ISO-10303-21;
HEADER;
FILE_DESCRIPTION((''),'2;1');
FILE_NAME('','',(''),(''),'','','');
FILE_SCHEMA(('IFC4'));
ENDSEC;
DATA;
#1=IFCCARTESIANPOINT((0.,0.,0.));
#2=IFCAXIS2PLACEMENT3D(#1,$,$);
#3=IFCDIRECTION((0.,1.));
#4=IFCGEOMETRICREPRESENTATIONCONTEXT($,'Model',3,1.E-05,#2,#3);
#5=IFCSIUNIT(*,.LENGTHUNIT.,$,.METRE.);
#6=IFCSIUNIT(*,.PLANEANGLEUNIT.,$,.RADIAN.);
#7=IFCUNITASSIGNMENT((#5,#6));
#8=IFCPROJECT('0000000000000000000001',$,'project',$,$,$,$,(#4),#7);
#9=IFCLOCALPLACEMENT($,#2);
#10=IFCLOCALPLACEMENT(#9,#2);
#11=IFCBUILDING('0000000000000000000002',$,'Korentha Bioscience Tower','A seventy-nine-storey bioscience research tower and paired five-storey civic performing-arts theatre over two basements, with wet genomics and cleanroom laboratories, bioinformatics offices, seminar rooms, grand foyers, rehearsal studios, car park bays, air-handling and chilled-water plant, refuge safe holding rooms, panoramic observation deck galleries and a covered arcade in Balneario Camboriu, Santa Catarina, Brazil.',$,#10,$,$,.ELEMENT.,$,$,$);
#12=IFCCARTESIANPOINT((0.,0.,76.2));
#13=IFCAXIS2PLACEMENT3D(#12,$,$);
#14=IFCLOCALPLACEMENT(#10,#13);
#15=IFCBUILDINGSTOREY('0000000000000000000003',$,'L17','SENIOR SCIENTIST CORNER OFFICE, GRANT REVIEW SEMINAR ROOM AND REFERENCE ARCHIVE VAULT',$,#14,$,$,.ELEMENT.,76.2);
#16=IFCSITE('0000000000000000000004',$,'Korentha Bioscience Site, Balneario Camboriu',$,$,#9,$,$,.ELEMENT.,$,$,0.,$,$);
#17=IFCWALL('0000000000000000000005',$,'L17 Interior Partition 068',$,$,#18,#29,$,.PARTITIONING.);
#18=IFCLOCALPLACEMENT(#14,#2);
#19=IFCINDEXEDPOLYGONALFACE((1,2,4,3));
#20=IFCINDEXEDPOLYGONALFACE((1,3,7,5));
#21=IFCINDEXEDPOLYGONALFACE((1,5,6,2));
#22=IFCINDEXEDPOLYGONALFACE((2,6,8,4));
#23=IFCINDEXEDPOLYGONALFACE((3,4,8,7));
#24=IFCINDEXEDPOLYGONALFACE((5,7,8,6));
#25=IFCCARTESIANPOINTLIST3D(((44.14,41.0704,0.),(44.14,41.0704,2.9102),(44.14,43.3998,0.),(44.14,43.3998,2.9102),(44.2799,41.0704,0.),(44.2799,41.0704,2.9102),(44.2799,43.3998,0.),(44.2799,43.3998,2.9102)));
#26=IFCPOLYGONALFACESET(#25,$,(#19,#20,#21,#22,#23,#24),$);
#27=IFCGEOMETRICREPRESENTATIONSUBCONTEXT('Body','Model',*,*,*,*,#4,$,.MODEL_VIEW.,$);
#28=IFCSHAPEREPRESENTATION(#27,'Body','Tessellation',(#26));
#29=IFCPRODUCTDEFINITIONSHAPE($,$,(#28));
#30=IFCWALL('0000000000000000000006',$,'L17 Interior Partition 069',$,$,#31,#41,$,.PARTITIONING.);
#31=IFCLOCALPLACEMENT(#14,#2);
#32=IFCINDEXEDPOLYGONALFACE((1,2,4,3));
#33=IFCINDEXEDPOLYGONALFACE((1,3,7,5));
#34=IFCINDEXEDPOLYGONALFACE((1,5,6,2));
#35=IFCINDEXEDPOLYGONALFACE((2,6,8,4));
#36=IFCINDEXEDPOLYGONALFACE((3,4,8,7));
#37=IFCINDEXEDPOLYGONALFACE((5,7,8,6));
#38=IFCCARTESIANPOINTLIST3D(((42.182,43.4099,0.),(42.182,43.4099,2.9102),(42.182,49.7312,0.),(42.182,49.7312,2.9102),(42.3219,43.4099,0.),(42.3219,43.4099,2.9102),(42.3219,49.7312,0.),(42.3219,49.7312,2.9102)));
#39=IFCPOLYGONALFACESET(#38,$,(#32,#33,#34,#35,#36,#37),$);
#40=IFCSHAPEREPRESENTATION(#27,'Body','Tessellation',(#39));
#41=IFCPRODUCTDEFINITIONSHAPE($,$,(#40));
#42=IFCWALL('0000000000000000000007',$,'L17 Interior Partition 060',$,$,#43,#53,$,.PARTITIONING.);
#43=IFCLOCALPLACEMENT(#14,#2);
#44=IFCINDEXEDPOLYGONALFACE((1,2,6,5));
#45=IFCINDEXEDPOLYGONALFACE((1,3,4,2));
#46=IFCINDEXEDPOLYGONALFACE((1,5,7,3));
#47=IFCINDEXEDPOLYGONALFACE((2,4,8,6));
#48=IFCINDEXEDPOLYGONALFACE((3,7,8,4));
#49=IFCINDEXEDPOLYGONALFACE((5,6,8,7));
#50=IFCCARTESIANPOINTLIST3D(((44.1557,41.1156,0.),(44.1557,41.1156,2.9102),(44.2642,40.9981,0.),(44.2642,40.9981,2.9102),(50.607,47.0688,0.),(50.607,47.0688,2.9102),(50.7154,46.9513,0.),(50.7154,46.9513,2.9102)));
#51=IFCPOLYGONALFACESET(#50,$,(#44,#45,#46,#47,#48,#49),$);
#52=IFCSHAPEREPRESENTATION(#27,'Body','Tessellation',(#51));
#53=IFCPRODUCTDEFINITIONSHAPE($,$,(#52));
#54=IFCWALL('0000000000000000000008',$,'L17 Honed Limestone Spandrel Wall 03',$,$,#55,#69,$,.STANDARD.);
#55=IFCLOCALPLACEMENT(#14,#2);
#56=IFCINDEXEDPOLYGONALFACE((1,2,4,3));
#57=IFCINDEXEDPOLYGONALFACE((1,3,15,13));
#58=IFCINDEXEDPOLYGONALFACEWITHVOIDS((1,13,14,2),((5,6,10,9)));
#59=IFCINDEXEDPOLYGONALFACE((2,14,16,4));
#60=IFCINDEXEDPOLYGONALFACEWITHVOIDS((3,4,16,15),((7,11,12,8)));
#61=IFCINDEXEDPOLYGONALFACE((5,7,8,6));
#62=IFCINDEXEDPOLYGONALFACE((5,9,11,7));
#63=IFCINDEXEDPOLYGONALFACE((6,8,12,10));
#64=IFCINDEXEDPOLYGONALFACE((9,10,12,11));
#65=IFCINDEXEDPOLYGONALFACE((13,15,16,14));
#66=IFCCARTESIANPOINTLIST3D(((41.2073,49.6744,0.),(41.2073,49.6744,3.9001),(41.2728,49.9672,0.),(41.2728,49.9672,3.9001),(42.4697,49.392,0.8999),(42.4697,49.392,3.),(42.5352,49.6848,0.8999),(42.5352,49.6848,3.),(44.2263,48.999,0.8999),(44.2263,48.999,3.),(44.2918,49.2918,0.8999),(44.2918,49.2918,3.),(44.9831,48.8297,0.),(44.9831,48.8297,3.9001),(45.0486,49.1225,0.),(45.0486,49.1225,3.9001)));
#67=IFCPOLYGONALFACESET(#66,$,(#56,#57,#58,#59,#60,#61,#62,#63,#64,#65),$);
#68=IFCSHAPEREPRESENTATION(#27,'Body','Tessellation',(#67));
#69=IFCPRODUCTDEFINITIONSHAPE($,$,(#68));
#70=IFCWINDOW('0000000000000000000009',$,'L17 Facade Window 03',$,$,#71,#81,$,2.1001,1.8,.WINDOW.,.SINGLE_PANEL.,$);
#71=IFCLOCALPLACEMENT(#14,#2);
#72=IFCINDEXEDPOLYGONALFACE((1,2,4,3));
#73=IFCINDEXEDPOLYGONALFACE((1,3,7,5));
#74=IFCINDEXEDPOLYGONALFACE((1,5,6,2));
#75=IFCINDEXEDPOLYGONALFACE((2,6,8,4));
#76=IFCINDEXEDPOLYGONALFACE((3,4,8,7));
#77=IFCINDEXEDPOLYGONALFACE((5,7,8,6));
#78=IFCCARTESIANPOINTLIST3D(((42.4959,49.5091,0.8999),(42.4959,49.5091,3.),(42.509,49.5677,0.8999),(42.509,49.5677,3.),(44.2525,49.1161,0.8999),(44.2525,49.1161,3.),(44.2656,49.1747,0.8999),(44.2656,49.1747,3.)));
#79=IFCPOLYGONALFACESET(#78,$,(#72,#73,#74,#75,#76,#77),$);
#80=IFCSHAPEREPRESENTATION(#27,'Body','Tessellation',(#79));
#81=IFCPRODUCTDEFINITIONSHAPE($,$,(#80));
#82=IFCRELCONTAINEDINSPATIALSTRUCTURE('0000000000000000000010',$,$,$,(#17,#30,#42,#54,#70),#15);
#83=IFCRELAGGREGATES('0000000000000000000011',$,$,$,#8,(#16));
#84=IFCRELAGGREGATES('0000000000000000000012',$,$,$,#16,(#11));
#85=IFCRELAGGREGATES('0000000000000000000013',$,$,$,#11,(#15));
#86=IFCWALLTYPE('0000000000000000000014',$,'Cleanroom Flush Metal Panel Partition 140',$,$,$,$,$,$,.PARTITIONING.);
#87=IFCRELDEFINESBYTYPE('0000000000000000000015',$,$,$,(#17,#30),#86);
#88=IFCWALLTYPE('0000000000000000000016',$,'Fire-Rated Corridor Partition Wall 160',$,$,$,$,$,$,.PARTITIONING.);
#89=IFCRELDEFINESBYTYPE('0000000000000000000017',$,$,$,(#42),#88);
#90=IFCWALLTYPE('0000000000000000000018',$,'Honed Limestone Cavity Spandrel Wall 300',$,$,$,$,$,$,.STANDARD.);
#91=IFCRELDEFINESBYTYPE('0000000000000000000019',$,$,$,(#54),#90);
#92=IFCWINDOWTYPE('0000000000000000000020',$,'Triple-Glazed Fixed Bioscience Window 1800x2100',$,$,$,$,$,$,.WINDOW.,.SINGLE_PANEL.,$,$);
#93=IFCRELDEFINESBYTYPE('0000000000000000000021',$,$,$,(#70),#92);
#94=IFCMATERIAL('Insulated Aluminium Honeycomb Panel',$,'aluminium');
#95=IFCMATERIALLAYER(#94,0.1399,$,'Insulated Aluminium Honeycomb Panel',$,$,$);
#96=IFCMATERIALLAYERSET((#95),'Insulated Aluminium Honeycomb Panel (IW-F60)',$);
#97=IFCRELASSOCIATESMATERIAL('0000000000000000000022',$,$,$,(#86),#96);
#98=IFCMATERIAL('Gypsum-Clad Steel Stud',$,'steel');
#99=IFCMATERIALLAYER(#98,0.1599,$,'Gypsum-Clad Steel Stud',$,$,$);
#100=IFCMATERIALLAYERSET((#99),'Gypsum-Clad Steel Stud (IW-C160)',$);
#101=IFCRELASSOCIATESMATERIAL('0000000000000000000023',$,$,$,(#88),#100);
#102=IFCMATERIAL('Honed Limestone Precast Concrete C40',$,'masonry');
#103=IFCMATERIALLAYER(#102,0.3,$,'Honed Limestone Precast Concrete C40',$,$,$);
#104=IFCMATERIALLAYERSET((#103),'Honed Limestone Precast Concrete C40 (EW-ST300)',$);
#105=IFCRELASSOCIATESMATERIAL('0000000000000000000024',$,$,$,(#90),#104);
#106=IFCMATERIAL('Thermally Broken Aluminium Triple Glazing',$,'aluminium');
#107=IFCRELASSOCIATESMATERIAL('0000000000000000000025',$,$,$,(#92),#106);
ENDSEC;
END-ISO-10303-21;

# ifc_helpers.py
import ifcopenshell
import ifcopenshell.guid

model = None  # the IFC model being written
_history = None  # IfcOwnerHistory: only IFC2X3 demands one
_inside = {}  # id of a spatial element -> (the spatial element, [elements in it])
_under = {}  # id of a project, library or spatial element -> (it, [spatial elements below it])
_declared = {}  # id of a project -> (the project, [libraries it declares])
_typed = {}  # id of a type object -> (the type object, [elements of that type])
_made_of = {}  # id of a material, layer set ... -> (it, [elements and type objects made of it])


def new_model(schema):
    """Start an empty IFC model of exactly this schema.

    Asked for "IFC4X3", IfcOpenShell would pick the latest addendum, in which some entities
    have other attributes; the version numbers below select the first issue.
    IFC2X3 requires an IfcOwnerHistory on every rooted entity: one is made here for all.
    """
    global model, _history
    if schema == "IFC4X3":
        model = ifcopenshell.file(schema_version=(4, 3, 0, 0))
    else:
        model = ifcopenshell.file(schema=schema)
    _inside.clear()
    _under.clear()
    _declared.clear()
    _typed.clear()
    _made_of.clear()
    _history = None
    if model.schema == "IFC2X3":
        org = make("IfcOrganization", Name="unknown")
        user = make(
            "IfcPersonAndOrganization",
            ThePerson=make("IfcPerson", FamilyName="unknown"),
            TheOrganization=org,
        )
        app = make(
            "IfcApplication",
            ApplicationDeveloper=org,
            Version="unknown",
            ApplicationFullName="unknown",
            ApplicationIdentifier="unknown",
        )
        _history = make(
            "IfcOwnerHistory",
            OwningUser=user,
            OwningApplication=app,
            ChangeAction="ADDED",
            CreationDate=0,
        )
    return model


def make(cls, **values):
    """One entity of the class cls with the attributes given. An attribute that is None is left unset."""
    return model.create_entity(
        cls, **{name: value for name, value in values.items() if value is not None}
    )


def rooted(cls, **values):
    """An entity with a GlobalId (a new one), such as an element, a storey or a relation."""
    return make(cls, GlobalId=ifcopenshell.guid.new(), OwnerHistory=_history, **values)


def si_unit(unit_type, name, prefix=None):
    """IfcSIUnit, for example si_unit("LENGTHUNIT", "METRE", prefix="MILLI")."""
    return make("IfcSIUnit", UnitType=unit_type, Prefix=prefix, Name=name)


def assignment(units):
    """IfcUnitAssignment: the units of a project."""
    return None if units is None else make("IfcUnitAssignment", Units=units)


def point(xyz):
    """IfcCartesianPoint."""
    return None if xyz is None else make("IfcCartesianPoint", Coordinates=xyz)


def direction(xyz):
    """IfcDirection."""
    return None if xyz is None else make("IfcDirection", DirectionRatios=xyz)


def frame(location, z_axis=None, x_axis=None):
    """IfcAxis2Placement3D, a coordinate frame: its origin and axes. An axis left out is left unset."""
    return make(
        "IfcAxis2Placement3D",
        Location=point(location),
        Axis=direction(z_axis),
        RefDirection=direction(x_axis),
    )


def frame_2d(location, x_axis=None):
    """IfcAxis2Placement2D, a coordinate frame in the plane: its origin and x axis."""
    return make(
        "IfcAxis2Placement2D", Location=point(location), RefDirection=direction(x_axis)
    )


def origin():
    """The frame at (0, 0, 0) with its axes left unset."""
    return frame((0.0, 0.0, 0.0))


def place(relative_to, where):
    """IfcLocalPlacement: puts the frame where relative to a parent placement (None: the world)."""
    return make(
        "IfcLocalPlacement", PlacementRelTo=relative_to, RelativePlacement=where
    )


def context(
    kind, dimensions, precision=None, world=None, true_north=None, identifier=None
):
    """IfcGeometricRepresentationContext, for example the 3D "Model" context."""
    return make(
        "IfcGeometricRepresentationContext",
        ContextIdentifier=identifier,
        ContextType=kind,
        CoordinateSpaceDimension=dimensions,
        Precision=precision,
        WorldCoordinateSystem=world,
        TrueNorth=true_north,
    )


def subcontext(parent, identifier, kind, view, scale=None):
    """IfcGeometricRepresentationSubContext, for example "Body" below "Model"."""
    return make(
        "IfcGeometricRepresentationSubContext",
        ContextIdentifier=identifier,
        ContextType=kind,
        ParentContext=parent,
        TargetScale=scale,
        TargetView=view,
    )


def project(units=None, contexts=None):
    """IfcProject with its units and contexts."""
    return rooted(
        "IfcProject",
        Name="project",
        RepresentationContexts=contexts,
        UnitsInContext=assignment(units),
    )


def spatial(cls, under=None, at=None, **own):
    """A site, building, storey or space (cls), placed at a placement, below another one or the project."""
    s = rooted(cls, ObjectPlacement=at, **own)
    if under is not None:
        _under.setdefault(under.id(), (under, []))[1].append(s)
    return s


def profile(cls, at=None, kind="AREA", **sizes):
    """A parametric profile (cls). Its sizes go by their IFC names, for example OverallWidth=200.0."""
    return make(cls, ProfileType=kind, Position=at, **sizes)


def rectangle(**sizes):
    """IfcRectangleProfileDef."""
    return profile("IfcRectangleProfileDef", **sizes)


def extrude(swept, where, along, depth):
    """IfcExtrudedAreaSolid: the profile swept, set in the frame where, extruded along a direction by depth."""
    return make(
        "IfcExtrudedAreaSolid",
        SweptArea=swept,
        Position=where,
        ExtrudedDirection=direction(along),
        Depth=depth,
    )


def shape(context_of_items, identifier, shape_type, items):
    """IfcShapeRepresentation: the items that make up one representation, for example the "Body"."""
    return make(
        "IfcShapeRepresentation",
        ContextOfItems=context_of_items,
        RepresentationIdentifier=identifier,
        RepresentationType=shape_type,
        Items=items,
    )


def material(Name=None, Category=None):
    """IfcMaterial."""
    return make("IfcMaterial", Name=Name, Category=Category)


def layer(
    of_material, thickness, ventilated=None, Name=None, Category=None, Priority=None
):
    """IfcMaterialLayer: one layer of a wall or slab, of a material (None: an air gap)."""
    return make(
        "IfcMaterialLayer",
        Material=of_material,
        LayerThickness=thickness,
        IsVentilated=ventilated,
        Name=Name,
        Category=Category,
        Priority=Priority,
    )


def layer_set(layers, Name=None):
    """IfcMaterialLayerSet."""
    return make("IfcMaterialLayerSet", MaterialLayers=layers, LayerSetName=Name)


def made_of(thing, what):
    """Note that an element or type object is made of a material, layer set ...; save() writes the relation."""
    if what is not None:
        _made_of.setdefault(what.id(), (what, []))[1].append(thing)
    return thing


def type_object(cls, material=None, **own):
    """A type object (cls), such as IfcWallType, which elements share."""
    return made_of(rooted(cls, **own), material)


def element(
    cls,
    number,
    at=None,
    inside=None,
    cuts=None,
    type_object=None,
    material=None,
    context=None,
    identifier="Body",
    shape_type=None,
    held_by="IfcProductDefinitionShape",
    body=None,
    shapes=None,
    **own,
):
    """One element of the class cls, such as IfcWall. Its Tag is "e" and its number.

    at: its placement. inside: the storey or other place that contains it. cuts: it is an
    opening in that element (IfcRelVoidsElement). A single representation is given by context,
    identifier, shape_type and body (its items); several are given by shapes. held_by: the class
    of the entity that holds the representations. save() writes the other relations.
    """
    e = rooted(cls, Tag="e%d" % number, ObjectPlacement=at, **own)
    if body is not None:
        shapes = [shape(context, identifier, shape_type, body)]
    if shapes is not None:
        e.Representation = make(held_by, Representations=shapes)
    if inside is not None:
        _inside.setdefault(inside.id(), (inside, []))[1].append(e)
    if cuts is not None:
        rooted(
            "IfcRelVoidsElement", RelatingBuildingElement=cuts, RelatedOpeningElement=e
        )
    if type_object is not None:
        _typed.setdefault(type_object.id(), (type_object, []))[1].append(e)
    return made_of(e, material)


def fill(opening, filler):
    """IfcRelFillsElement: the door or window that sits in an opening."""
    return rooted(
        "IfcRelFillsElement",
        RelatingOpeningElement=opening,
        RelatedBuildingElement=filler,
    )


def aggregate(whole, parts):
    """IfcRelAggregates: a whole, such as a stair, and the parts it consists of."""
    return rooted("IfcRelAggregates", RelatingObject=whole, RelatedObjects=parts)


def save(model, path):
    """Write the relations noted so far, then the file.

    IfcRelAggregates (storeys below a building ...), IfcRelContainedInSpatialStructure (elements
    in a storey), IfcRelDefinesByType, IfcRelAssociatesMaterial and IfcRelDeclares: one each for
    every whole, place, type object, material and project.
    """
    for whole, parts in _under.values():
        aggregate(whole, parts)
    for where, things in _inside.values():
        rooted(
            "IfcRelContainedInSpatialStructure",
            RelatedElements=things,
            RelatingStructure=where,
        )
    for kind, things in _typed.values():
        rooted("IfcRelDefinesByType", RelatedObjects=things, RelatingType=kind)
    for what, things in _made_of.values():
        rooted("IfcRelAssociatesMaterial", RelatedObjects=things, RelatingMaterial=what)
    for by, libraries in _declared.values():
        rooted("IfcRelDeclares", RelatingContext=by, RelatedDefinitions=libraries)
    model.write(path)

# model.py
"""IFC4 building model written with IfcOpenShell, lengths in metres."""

from ifc_helpers import new_model, si_unit, direction, frame, frame_2d, origin, place, context, subcontext, project, spatial, rectangle, extrude, material, layer, layer_set, type_object, element, fill, save


model = new_model("IFC4")

# Units and contexts
model_context = context("Model", 3, precision=1e-05, world=origin(), true_north=direction((0.0, 1.0)))
body_context = subcontext(model_context, "Body", "Model", "MODEL_VIEW")
ifc_project = project(units=[si_unit("LENGTHUNIT", "METRE"), si_unit("PLANEANGLEUNIT", "RADIAN")], contexts=[model_context])

# Site, building, storey
site_placement = place(None, origin())
site = spatial("IfcSite", under=ifc_project, at=site_placement, Name="Korentha Bioscience Site, Balneario Camboriu", CompositionType="ELEMENT", RefElevation=0.0)
building_placement = place(site_placement, origin())
building = spatial("IfcBuilding", under=site, at=building_placement, Name="Korentha Bioscience Tower", Description="A seventy-nine-storey bioscience research tower and paired five-storey civic performing-arts theatre over two basements, with wet genomics and cleanroom laboratories, bioinformatics offices, seminar rooms, grand foyers, rehearsal studios, car park bays, air-handling and chilled-water plant, refuge safe holding rooms, panoramic observation deck galleries and a covered arcade in Balneario Camboriu, Santa Catarina, Brazil.", CompositionType="ELEMENT")
storey_placement = place(building_placement, frame((0.0, 0.0, 76.2)))
storey = spatial("IfcBuildingStorey", under=building, at=storey_placement, Name="L17", Description="SENIOR SCIENTIST CORNER OFFICE, GRANT REVIEW SEMINAR ROOM AND REFERENCE ARCHIVE VAULT", CompositionType="ELEMENT", Elevation=76.2)

# Shared definitions
ifc_material_1 = material(Name="Insulated Aluminium Honeycomb Panel", Category="aluminium")
ifc_layer_1 = layer(ifc_material_1, 0.1399, Name="Insulated Aluminium Honeycomb Panel")
ifc_layer_set_1 = layer_set([ifc_layer_1], Name="Insulated Aluminium Honeycomb Panel (IW-F60)")
wall_type_1 = type_object("IfcWallType", Name="Cleanroom Flush Metal Panel Partition 140", PredefinedType="PARTITIONING", material=ifc_layer_set_1)

# Walls
wall_1_placement = place(storey_placement, frame((44.21, 41.0706, 0.0), z_axis=(0.0, 0.0, 1.0), x_axis=(0.0, 1.0, 0.0)))
element("IfcWall", 1, at=wall_1_placement, inside=storey, type_object=wall_type_1, Name="L17 Interior Partition 068", PredefinedType="PARTITIONING", context=body_context, shape_type="SweptSolid", body=[
    extrude(rectangle(XDim=2.3293, YDim=0.1399, at=frame_2d((1.1646, 0.0))), origin(), (0.0, 0.0, 1.0), 2.9102),
])
wall_2_placement = place(storey_placement, frame((42.252, 43.4099, 0.0), z_axis=(0.0, 0.0, 1.0), x_axis=(0.0, 1.0, 0.0)))
element("IfcWall", 2, at=wall_2_placement, inside=storey, type_object=wall_type_1, Name="L17 Interior Partition 069", PredefinedType="PARTITIONING", context=body_context, shape_type="SweptSolid", body=[
    extrude(rectangle(XDim=6.3213, YDim=0.1399, at=frame_2d((3.1606, 0.0))), origin(), (0.0, 0.0, 1.0), 2.9102),
])
ifc_material_2 = material(Name="Gypsum-Clad Steel Stud", Category="steel")
ifc_layer_2 = layer(ifc_material_2, 0.1599, Name="Gypsum-Clad Steel Stud")
ifc_layer_set_2 = layer_set([ifc_layer_2], Name="Gypsum-Clad Steel Stud (IW-C160)")
wall_type_2 = type_object("IfcWallType", Name="Fire-Rated Corridor Partition Wall 160", PredefinedType="PARTITIONING", material=ifc_layer_set_2)
wall_3_placement = place(storey_placement, frame((44.21, 41.0569, 0.0), z_axis=(0.0, 0.0, 1.0), x_axis=(0.734906, 0.678169, 0.0)))
element("IfcWall", 3, at=wall_3_placement, inside=storey, type_object=wall_type_2, Name="L17 Interior Partition 060", PredefinedType="PARTITIONING", context=body_context, shape_type="SweptSolid", body=[
    extrude(rectangle(XDim=8.7783, YDim=0.1599, at=frame_2d((4.3892, 0.0))), origin(), (0.0, 0.0, 1.0), 2.9102),
])

# Wall, opening, window
ifc_material_3 = material(Name="Honed Limestone Precast Concrete C40", Category="masonry")
ifc_layer_3 = layer(ifc_material_3, 0.3, Name="Honed Limestone Precast Concrete C40")
ifc_layer_set_3 = layer_set([ifc_layer_3], Name="Honed Limestone Precast Concrete C40 (EW-ST300)")
wall_type_3 = type_object("IfcWallType", Name="Honed Limestone Cavity Spandrel Wall 300", PredefinedType="STANDARD", material=ifc_layer_set_3)
wall_4_placement = place(storey_placement, frame((45.0159, 48.9761, 0.0), z_axis=(0.0, 0.0, 1.0), x_axis=(-0.975877, 0.21832, 0.0)))
wall_4 = element("IfcWall", 4, at=wall_4_placement, inside=storey, type_object=wall_type_3, Name="L17 Honed Limestone Spandrel Wall 03", PredefinedType="STANDARD", context=body_context, shape_type="SweptSolid", body=[
    extrude(rectangle(XDim=3.8691, YDim=0.3, at=frame_2d((1.9346, 0.0))), origin(), (0.0, 0.0, 1.0), 3.9001),
])
opening_1_placement = place(wall_4_placement, frame((0.7756, 0.0, 0.8999)))
opening_1 = element("IfcOpeningElement", 5, at=opening_1_placement, cuts=wall_4, PredefinedType="OPENING", context=body_context, shape_type="SweptSolid", body=[
    extrude(rectangle(XDim=1.8, YDim=2.1001, at=frame_2d((0.8999, 1.05))), frame((0.0, 0.165, 0.0), z_axis=(0.0, -1.0, 0.0), x_axis=(1.0, 0.0, 0.0)), (0.0, 0.0, 1.0), 0.3298),
])
ifc_material_4 = material(Name="Thermally Broken Aluminium Triple Glazing", Category="aluminium")
window_type = type_object("IfcWindowType", Name="Triple-Glazed Fixed Bioscience Window 1800x2100", PartitioningType="SINGLE_PANEL", PredefinedType="WINDOW", material=ifc_material_4)
window_placement = place(opening_1_placement, origin())
window = element("IfcWindow", 6, at=window_placement, inside=storey, type_object=window_type, Name="L17 Facade Window 03", OverallHeight=2.1001, OverallWidth=1.8, PartitioningType="SINGLE_PANEL", PredefinedType="WINDOW", context=body_context, shape_type="SweptSolid", body=[
    extrude(rectangle(XDim=1.8, YDim=2.1001, at=frame_2d((0.8999, 1.05))), frame((0.0, 0.03, 0.0), z_axis=(0.0, -1.0, 0.0), x_axis=(1.0, 0.0, 0.0)), (0.0, 0.0, 1.0), 0.0601),
])
fill(opening_1, window)

save(model, "model.ifc")
